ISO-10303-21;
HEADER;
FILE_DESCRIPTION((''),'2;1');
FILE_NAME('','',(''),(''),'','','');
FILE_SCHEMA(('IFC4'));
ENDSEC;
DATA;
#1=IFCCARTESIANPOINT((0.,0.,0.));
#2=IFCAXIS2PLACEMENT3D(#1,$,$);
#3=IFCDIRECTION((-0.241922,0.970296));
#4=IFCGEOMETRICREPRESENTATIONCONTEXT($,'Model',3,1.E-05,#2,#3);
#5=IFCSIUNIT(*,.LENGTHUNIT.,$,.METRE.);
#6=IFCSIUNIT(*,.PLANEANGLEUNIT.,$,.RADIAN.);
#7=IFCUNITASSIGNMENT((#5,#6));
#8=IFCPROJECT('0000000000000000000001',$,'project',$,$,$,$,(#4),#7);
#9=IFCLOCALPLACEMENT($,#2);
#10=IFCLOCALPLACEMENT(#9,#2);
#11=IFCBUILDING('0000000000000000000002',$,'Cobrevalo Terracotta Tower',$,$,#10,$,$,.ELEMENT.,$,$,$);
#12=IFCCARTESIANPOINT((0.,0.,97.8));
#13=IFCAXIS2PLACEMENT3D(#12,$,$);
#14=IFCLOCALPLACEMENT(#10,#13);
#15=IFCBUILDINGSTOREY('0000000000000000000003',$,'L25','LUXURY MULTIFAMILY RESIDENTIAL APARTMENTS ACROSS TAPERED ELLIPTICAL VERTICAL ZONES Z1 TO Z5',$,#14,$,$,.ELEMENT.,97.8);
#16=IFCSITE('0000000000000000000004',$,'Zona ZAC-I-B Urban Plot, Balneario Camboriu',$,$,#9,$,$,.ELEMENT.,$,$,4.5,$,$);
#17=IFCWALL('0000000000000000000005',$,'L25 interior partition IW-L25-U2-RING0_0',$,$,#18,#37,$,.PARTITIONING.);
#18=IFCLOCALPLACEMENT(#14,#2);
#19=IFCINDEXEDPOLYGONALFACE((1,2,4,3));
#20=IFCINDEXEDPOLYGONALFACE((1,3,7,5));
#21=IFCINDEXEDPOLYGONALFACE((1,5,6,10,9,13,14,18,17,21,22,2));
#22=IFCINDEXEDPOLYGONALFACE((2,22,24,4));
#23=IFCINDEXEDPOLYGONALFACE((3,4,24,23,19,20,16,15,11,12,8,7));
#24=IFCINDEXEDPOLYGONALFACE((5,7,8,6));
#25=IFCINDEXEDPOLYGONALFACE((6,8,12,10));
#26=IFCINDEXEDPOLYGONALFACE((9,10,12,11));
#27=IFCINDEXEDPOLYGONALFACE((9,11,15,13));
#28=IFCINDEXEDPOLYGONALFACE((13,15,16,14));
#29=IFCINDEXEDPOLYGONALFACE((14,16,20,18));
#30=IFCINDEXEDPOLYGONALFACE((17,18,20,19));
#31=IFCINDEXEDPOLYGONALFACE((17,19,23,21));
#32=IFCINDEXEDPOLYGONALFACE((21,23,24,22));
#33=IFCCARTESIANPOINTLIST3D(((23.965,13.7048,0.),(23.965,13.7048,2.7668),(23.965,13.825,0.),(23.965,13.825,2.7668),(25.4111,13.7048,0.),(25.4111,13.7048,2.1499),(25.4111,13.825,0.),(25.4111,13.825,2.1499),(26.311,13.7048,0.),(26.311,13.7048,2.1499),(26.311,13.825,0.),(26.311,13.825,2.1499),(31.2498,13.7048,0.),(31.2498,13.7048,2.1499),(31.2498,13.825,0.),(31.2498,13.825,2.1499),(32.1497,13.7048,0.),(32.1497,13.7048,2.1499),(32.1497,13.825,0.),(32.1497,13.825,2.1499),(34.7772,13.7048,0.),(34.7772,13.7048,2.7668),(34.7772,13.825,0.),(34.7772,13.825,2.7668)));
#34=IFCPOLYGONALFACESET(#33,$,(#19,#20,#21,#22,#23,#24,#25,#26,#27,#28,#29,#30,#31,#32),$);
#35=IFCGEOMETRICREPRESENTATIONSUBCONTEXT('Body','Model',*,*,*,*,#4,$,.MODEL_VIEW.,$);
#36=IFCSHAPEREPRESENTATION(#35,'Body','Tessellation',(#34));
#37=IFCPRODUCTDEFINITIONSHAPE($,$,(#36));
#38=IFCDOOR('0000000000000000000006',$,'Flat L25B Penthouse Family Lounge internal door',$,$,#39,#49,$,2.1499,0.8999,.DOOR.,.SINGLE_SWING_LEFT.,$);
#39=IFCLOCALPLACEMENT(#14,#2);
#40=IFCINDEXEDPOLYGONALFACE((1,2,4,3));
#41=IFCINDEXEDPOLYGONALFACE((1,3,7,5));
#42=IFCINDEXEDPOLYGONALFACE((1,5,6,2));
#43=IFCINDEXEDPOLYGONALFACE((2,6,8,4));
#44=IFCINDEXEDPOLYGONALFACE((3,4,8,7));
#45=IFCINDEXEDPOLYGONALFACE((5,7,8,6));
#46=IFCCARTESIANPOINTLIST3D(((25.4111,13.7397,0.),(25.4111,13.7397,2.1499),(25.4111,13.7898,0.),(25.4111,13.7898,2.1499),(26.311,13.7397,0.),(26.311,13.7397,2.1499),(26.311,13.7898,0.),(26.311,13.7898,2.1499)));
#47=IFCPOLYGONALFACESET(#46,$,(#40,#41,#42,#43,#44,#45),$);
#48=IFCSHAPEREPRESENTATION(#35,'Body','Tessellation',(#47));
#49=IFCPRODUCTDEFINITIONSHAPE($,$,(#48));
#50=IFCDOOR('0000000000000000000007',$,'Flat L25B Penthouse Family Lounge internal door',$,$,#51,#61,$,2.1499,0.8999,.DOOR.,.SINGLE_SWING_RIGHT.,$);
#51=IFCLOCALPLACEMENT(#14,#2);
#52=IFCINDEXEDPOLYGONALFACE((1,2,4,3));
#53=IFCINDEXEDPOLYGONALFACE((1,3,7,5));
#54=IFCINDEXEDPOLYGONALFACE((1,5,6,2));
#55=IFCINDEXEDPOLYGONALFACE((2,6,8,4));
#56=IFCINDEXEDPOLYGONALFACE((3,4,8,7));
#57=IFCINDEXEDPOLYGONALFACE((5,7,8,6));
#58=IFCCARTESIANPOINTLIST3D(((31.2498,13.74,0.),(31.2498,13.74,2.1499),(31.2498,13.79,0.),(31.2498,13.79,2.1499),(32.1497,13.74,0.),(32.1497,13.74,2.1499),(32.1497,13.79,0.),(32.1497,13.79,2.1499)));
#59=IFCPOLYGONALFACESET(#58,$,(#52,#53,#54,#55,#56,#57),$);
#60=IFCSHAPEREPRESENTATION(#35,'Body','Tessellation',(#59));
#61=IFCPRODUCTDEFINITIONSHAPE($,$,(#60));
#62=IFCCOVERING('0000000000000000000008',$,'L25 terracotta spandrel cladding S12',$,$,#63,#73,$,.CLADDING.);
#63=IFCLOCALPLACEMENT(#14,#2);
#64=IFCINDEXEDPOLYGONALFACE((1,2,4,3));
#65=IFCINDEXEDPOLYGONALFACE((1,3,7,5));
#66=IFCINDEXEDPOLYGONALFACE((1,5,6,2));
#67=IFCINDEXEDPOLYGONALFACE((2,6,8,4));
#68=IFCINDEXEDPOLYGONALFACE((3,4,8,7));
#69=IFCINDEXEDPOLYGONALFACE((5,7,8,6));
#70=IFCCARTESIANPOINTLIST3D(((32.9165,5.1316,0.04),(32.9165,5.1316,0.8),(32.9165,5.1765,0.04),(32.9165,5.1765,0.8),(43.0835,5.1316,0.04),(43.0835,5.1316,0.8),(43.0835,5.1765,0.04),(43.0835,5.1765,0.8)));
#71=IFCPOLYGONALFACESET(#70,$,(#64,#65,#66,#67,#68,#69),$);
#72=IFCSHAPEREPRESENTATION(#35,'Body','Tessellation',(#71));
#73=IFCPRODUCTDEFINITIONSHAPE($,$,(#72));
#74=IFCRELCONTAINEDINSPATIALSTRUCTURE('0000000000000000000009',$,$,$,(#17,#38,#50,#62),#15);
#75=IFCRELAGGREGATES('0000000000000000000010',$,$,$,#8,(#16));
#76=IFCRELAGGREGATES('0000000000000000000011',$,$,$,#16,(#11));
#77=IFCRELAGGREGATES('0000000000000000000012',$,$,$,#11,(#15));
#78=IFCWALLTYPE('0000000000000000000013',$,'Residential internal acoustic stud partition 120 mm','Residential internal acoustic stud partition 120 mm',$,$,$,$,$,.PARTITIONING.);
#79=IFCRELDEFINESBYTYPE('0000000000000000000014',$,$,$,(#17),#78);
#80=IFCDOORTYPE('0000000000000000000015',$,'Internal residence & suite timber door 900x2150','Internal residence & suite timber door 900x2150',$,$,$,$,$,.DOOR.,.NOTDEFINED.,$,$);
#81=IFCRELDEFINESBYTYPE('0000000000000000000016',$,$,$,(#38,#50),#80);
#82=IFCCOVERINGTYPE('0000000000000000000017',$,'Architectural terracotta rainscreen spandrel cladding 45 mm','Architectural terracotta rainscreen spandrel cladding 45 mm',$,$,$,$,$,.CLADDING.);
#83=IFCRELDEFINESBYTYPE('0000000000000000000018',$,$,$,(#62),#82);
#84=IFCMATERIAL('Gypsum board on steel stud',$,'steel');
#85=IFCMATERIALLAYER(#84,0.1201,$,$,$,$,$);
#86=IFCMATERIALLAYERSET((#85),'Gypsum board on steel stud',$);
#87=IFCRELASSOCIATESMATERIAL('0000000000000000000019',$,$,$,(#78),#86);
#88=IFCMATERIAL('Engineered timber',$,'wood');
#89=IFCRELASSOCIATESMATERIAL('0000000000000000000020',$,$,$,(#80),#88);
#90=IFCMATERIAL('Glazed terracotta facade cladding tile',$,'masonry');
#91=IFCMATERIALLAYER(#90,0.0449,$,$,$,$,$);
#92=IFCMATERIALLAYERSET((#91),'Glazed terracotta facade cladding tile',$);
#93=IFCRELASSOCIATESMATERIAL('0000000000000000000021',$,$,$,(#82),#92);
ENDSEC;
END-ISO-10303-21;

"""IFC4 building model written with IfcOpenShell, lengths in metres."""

from ifc_helpers import new_model, si_unit, direction, frame, frame_2d, origin, origin_2d, place, context, subcontext, project, spatial, rectangle, extrude, source, transform, mapped, material, layer, layer_set, type_object, element, fill, save


model = new_model("IFC4")

# Units and contexts
model_context = context("Model", 3, precision=1e-05, world=origin(), true_north=direction((-0.241922, 0.970296)))
body_context = subcontext(model_context, "Body", "Model", "MODEL_VIEW")
ifc_project = project(units=[si_unit("LENGTHUNIT", "METRE"), si_unit("PLANEANGLEUNIT", "RADIAN")], contexts=[model_context])

# Site, building, storey
site_placement = place(None, origin())
site = spatial("IfcSite", under=ifc_project, at=site_placement, Name="Zona ZAC-I-B Urban Plot, Balneario Camboriu", CompositionType="ELEMENT", RefElevation=4.5)
building_placement = place(site_placement, origin())
building = spatial("IfcBuilding", under=site, at=building_placement, Name="Cobrevalo Terracotta Tower", CompositionType="ELEMENT")
storey_placement = place(building_placement, frame((0.0, 0.0, 97.8)))
storey = spatial("IfcBuildingStorey", under=building, at=storey_placement, Name="L25", Description="LUXURY MULTIFAMILY RESIDENTIAL APARTMENTS ACROSS TAPERED ELLIPTICAL VERTICAL ZONES Z1 TO Z5", CompositionType="ELEMENT", Elevation=97.8)

# Wall, openings, doors
ifc_material_1 = material(Name="Gypsum board on steel stud", Category="steel")
ifc_layer_1 = layer(ifc_material_1, 0.1201)
ifc_layer_set_1 = layer_set([ifc_layer_1], Name="Gypsum board on steel stud")
wall_type_1 = type_object("IfcWallType", Name="Residential internal acoustic stud partition 120 mm", Description="Residential internal acoustic stud partition 120 mm", PredefinedType="PARTITIONING", material=ifc_layer_set_1)
wall_1_placement = place(storey_placement, frame((34.7773, 13.7649, 0.0), z_axis=(0.0, 0.0, 1.0), x_axis=(-1.0, 0.0, 0.0)))
wall_1 = element("IfcWall", 1, at=wall_1_placement, inside=storey, type_object=wall_type_1, Name="L25 interior partition IW-L25-U2-RING0_0", PredefinedType="PARTITIONING", context=body_context, shape_type="SweptSolid", body=[
    extrude(rectangle(XDim=10.8123, YDim=0.1201, at=frame_2d((5.4062, 0.0))), origin(), (0.0, 0.0, 1.0), 2.7668),
])
opening_1_placement = place(wall_1_placement, frame((8.4663, 0.0, 0.0)))
opening_1 = element("IfcOpeningElement", 2, at=opening_1_placement, cuts=wall_1, PredefinedType="OPENING", context=body_context, shape_type="SweptSolid", body=[
    extrude(rectangle(XDim=0.8999, YDim=2.1499, at=frame_2d((0.45, 1.075))), frame((0.0, 0.0701, 0.0), z_axis=(0.0, -1.0, 0.0), x_axis=(1.0, 0.0, 0.0)), (0.0, 0.0, 1.0), 0.1401),
])
opening_2_placement = place(wall_1_placement, frame((2.6277, 0.0, 0.0)))
opening_2 = element("IfcOpeningElement", 3, at=opening_2_placement, cuts=wall_1, PredefinedType="OPENING", context=body_context, shape_type="SweptSolid", body=[
    extrude(rectangle(XDim=0.8999, YDim=2.1499, at=frame_2d((0.45, 1.075))), frame((0.0, 0.0701, 0.0), z_axis=(0.0, -1.0, 0.0), x_axis=(1.0, 0.0, 0.0)), (0.0, 0.0, 1.0), 0.1401),
])
ifc_material_2 = material(Name="Engineered timber", Category="wood")
door_type_1 = type_object("IfcDoorType", Name="Internal residence & suite timber door 900x2150", Description="Internal residence & suite timber door 900x2150", OperationType="NOTDEFINED", PredefinedType="DOOR", material=ifc_material_2)
shared_shape_1 = source(origin(), body_context, "Body", "SweptSolid", [
    extrude(rectangle(XDim=0.8999, YDim=2.1499, at=frame_2d((0.45, 1.075))), frame((0.0, 0.0249, 0.0), z_axis=(0.0, -1.0, 0.0), x_axis=(1.0, 0.0, 0.0)), (0.0, 0.0, 1.0), 0.05),
])
door_1_placement = place(opening_1_placement, frame((0.8999, 0.0, 0.0), z_axis=(0.0, 0.0, 1.0), x_axis=(-1.0, 0.0, 0.0)))
door_1 = element("IfcDoor", 4, at=door_1_placement, inside=storey, type_object=door_type_1, Name="Flat L25B Penthouse Family Lounge internal door", OperationType="SINGLE_SWING_LEFT", OverallHeight=2.1499, OverallWidth=0.8999, PredefinedType="DOOR", context=body_context, shape_type="MappedRepresentation", body=[
    mapped(shared_shape_1, transform((0.0, 0.0, 0.0), scale=1.0)),
])
fill(opening_1, door_1)
door_2_placement = place(opening_2_placement, origin())
door_2 = element("IfcDoor", 5, at=door_2_placement, inside=storey, type_object=door_type_1, Name="Flat L25B Penthouse Family Lounge internal door", OperationType="SINGLE_SWING_RIGHT", OverallHeight=2.1499, OverallWidth=0.8999, PredefinedType="DOOR", context=body_context, shape_type="MappedRepresentation", body=[
    mapped(shared_shape_1, transform((0.0, 0.0, 0.0), scale=1.0)),
])
fill(opening_2, door_2)

# Covering
ifc_material_3 = material(Name="Glazed terracotta facade cladding tile", Category="masonry")
ifc_layer_2 = layer(ifc_material_3, 0.0449)
ifc_layer_set_2 = layer_set([ifc_layer_2], Name="Glazed terracotta facade cladding tile")
covering_type = type_object("IfcCoveringType", Name="Architectural terracotta rainscreen spandrel cladding 45 mm", Description="Architectural terracotta rainscreen spandrel cladding 45 mm", PredefinedType="CLADDING", material=ifc_layer_set_2)
shared_shape_2 = source(origin(), body_context, "Body", "SweptSolid", [
    extrude(rectangle(XDim=10.167, YDim=0.0449, at=origin_2d()), origin(), (0.0, 0.0, 1.0), 0.76),
])
covering_placement = place(storey_placement, frame((38.0, 5.1541, 0.04), z_axis=(0.0, 0.0, 1.0), x_axis=(1.0, 0.0, 0.0)))
element("IfcCovering", 6, at=covering_placement, inside=storey, type_object=covering_type, Name="L25 terracotta spandrel cladding S12", PredefinedType="CLADDING", context=body_context, shape_type="MappedRepresentation", body=[
    mapped(shared_shape_2, transform((0.0, 0.0, 0.0), scale=1.0)),
])

save(model, "model.ifc")
